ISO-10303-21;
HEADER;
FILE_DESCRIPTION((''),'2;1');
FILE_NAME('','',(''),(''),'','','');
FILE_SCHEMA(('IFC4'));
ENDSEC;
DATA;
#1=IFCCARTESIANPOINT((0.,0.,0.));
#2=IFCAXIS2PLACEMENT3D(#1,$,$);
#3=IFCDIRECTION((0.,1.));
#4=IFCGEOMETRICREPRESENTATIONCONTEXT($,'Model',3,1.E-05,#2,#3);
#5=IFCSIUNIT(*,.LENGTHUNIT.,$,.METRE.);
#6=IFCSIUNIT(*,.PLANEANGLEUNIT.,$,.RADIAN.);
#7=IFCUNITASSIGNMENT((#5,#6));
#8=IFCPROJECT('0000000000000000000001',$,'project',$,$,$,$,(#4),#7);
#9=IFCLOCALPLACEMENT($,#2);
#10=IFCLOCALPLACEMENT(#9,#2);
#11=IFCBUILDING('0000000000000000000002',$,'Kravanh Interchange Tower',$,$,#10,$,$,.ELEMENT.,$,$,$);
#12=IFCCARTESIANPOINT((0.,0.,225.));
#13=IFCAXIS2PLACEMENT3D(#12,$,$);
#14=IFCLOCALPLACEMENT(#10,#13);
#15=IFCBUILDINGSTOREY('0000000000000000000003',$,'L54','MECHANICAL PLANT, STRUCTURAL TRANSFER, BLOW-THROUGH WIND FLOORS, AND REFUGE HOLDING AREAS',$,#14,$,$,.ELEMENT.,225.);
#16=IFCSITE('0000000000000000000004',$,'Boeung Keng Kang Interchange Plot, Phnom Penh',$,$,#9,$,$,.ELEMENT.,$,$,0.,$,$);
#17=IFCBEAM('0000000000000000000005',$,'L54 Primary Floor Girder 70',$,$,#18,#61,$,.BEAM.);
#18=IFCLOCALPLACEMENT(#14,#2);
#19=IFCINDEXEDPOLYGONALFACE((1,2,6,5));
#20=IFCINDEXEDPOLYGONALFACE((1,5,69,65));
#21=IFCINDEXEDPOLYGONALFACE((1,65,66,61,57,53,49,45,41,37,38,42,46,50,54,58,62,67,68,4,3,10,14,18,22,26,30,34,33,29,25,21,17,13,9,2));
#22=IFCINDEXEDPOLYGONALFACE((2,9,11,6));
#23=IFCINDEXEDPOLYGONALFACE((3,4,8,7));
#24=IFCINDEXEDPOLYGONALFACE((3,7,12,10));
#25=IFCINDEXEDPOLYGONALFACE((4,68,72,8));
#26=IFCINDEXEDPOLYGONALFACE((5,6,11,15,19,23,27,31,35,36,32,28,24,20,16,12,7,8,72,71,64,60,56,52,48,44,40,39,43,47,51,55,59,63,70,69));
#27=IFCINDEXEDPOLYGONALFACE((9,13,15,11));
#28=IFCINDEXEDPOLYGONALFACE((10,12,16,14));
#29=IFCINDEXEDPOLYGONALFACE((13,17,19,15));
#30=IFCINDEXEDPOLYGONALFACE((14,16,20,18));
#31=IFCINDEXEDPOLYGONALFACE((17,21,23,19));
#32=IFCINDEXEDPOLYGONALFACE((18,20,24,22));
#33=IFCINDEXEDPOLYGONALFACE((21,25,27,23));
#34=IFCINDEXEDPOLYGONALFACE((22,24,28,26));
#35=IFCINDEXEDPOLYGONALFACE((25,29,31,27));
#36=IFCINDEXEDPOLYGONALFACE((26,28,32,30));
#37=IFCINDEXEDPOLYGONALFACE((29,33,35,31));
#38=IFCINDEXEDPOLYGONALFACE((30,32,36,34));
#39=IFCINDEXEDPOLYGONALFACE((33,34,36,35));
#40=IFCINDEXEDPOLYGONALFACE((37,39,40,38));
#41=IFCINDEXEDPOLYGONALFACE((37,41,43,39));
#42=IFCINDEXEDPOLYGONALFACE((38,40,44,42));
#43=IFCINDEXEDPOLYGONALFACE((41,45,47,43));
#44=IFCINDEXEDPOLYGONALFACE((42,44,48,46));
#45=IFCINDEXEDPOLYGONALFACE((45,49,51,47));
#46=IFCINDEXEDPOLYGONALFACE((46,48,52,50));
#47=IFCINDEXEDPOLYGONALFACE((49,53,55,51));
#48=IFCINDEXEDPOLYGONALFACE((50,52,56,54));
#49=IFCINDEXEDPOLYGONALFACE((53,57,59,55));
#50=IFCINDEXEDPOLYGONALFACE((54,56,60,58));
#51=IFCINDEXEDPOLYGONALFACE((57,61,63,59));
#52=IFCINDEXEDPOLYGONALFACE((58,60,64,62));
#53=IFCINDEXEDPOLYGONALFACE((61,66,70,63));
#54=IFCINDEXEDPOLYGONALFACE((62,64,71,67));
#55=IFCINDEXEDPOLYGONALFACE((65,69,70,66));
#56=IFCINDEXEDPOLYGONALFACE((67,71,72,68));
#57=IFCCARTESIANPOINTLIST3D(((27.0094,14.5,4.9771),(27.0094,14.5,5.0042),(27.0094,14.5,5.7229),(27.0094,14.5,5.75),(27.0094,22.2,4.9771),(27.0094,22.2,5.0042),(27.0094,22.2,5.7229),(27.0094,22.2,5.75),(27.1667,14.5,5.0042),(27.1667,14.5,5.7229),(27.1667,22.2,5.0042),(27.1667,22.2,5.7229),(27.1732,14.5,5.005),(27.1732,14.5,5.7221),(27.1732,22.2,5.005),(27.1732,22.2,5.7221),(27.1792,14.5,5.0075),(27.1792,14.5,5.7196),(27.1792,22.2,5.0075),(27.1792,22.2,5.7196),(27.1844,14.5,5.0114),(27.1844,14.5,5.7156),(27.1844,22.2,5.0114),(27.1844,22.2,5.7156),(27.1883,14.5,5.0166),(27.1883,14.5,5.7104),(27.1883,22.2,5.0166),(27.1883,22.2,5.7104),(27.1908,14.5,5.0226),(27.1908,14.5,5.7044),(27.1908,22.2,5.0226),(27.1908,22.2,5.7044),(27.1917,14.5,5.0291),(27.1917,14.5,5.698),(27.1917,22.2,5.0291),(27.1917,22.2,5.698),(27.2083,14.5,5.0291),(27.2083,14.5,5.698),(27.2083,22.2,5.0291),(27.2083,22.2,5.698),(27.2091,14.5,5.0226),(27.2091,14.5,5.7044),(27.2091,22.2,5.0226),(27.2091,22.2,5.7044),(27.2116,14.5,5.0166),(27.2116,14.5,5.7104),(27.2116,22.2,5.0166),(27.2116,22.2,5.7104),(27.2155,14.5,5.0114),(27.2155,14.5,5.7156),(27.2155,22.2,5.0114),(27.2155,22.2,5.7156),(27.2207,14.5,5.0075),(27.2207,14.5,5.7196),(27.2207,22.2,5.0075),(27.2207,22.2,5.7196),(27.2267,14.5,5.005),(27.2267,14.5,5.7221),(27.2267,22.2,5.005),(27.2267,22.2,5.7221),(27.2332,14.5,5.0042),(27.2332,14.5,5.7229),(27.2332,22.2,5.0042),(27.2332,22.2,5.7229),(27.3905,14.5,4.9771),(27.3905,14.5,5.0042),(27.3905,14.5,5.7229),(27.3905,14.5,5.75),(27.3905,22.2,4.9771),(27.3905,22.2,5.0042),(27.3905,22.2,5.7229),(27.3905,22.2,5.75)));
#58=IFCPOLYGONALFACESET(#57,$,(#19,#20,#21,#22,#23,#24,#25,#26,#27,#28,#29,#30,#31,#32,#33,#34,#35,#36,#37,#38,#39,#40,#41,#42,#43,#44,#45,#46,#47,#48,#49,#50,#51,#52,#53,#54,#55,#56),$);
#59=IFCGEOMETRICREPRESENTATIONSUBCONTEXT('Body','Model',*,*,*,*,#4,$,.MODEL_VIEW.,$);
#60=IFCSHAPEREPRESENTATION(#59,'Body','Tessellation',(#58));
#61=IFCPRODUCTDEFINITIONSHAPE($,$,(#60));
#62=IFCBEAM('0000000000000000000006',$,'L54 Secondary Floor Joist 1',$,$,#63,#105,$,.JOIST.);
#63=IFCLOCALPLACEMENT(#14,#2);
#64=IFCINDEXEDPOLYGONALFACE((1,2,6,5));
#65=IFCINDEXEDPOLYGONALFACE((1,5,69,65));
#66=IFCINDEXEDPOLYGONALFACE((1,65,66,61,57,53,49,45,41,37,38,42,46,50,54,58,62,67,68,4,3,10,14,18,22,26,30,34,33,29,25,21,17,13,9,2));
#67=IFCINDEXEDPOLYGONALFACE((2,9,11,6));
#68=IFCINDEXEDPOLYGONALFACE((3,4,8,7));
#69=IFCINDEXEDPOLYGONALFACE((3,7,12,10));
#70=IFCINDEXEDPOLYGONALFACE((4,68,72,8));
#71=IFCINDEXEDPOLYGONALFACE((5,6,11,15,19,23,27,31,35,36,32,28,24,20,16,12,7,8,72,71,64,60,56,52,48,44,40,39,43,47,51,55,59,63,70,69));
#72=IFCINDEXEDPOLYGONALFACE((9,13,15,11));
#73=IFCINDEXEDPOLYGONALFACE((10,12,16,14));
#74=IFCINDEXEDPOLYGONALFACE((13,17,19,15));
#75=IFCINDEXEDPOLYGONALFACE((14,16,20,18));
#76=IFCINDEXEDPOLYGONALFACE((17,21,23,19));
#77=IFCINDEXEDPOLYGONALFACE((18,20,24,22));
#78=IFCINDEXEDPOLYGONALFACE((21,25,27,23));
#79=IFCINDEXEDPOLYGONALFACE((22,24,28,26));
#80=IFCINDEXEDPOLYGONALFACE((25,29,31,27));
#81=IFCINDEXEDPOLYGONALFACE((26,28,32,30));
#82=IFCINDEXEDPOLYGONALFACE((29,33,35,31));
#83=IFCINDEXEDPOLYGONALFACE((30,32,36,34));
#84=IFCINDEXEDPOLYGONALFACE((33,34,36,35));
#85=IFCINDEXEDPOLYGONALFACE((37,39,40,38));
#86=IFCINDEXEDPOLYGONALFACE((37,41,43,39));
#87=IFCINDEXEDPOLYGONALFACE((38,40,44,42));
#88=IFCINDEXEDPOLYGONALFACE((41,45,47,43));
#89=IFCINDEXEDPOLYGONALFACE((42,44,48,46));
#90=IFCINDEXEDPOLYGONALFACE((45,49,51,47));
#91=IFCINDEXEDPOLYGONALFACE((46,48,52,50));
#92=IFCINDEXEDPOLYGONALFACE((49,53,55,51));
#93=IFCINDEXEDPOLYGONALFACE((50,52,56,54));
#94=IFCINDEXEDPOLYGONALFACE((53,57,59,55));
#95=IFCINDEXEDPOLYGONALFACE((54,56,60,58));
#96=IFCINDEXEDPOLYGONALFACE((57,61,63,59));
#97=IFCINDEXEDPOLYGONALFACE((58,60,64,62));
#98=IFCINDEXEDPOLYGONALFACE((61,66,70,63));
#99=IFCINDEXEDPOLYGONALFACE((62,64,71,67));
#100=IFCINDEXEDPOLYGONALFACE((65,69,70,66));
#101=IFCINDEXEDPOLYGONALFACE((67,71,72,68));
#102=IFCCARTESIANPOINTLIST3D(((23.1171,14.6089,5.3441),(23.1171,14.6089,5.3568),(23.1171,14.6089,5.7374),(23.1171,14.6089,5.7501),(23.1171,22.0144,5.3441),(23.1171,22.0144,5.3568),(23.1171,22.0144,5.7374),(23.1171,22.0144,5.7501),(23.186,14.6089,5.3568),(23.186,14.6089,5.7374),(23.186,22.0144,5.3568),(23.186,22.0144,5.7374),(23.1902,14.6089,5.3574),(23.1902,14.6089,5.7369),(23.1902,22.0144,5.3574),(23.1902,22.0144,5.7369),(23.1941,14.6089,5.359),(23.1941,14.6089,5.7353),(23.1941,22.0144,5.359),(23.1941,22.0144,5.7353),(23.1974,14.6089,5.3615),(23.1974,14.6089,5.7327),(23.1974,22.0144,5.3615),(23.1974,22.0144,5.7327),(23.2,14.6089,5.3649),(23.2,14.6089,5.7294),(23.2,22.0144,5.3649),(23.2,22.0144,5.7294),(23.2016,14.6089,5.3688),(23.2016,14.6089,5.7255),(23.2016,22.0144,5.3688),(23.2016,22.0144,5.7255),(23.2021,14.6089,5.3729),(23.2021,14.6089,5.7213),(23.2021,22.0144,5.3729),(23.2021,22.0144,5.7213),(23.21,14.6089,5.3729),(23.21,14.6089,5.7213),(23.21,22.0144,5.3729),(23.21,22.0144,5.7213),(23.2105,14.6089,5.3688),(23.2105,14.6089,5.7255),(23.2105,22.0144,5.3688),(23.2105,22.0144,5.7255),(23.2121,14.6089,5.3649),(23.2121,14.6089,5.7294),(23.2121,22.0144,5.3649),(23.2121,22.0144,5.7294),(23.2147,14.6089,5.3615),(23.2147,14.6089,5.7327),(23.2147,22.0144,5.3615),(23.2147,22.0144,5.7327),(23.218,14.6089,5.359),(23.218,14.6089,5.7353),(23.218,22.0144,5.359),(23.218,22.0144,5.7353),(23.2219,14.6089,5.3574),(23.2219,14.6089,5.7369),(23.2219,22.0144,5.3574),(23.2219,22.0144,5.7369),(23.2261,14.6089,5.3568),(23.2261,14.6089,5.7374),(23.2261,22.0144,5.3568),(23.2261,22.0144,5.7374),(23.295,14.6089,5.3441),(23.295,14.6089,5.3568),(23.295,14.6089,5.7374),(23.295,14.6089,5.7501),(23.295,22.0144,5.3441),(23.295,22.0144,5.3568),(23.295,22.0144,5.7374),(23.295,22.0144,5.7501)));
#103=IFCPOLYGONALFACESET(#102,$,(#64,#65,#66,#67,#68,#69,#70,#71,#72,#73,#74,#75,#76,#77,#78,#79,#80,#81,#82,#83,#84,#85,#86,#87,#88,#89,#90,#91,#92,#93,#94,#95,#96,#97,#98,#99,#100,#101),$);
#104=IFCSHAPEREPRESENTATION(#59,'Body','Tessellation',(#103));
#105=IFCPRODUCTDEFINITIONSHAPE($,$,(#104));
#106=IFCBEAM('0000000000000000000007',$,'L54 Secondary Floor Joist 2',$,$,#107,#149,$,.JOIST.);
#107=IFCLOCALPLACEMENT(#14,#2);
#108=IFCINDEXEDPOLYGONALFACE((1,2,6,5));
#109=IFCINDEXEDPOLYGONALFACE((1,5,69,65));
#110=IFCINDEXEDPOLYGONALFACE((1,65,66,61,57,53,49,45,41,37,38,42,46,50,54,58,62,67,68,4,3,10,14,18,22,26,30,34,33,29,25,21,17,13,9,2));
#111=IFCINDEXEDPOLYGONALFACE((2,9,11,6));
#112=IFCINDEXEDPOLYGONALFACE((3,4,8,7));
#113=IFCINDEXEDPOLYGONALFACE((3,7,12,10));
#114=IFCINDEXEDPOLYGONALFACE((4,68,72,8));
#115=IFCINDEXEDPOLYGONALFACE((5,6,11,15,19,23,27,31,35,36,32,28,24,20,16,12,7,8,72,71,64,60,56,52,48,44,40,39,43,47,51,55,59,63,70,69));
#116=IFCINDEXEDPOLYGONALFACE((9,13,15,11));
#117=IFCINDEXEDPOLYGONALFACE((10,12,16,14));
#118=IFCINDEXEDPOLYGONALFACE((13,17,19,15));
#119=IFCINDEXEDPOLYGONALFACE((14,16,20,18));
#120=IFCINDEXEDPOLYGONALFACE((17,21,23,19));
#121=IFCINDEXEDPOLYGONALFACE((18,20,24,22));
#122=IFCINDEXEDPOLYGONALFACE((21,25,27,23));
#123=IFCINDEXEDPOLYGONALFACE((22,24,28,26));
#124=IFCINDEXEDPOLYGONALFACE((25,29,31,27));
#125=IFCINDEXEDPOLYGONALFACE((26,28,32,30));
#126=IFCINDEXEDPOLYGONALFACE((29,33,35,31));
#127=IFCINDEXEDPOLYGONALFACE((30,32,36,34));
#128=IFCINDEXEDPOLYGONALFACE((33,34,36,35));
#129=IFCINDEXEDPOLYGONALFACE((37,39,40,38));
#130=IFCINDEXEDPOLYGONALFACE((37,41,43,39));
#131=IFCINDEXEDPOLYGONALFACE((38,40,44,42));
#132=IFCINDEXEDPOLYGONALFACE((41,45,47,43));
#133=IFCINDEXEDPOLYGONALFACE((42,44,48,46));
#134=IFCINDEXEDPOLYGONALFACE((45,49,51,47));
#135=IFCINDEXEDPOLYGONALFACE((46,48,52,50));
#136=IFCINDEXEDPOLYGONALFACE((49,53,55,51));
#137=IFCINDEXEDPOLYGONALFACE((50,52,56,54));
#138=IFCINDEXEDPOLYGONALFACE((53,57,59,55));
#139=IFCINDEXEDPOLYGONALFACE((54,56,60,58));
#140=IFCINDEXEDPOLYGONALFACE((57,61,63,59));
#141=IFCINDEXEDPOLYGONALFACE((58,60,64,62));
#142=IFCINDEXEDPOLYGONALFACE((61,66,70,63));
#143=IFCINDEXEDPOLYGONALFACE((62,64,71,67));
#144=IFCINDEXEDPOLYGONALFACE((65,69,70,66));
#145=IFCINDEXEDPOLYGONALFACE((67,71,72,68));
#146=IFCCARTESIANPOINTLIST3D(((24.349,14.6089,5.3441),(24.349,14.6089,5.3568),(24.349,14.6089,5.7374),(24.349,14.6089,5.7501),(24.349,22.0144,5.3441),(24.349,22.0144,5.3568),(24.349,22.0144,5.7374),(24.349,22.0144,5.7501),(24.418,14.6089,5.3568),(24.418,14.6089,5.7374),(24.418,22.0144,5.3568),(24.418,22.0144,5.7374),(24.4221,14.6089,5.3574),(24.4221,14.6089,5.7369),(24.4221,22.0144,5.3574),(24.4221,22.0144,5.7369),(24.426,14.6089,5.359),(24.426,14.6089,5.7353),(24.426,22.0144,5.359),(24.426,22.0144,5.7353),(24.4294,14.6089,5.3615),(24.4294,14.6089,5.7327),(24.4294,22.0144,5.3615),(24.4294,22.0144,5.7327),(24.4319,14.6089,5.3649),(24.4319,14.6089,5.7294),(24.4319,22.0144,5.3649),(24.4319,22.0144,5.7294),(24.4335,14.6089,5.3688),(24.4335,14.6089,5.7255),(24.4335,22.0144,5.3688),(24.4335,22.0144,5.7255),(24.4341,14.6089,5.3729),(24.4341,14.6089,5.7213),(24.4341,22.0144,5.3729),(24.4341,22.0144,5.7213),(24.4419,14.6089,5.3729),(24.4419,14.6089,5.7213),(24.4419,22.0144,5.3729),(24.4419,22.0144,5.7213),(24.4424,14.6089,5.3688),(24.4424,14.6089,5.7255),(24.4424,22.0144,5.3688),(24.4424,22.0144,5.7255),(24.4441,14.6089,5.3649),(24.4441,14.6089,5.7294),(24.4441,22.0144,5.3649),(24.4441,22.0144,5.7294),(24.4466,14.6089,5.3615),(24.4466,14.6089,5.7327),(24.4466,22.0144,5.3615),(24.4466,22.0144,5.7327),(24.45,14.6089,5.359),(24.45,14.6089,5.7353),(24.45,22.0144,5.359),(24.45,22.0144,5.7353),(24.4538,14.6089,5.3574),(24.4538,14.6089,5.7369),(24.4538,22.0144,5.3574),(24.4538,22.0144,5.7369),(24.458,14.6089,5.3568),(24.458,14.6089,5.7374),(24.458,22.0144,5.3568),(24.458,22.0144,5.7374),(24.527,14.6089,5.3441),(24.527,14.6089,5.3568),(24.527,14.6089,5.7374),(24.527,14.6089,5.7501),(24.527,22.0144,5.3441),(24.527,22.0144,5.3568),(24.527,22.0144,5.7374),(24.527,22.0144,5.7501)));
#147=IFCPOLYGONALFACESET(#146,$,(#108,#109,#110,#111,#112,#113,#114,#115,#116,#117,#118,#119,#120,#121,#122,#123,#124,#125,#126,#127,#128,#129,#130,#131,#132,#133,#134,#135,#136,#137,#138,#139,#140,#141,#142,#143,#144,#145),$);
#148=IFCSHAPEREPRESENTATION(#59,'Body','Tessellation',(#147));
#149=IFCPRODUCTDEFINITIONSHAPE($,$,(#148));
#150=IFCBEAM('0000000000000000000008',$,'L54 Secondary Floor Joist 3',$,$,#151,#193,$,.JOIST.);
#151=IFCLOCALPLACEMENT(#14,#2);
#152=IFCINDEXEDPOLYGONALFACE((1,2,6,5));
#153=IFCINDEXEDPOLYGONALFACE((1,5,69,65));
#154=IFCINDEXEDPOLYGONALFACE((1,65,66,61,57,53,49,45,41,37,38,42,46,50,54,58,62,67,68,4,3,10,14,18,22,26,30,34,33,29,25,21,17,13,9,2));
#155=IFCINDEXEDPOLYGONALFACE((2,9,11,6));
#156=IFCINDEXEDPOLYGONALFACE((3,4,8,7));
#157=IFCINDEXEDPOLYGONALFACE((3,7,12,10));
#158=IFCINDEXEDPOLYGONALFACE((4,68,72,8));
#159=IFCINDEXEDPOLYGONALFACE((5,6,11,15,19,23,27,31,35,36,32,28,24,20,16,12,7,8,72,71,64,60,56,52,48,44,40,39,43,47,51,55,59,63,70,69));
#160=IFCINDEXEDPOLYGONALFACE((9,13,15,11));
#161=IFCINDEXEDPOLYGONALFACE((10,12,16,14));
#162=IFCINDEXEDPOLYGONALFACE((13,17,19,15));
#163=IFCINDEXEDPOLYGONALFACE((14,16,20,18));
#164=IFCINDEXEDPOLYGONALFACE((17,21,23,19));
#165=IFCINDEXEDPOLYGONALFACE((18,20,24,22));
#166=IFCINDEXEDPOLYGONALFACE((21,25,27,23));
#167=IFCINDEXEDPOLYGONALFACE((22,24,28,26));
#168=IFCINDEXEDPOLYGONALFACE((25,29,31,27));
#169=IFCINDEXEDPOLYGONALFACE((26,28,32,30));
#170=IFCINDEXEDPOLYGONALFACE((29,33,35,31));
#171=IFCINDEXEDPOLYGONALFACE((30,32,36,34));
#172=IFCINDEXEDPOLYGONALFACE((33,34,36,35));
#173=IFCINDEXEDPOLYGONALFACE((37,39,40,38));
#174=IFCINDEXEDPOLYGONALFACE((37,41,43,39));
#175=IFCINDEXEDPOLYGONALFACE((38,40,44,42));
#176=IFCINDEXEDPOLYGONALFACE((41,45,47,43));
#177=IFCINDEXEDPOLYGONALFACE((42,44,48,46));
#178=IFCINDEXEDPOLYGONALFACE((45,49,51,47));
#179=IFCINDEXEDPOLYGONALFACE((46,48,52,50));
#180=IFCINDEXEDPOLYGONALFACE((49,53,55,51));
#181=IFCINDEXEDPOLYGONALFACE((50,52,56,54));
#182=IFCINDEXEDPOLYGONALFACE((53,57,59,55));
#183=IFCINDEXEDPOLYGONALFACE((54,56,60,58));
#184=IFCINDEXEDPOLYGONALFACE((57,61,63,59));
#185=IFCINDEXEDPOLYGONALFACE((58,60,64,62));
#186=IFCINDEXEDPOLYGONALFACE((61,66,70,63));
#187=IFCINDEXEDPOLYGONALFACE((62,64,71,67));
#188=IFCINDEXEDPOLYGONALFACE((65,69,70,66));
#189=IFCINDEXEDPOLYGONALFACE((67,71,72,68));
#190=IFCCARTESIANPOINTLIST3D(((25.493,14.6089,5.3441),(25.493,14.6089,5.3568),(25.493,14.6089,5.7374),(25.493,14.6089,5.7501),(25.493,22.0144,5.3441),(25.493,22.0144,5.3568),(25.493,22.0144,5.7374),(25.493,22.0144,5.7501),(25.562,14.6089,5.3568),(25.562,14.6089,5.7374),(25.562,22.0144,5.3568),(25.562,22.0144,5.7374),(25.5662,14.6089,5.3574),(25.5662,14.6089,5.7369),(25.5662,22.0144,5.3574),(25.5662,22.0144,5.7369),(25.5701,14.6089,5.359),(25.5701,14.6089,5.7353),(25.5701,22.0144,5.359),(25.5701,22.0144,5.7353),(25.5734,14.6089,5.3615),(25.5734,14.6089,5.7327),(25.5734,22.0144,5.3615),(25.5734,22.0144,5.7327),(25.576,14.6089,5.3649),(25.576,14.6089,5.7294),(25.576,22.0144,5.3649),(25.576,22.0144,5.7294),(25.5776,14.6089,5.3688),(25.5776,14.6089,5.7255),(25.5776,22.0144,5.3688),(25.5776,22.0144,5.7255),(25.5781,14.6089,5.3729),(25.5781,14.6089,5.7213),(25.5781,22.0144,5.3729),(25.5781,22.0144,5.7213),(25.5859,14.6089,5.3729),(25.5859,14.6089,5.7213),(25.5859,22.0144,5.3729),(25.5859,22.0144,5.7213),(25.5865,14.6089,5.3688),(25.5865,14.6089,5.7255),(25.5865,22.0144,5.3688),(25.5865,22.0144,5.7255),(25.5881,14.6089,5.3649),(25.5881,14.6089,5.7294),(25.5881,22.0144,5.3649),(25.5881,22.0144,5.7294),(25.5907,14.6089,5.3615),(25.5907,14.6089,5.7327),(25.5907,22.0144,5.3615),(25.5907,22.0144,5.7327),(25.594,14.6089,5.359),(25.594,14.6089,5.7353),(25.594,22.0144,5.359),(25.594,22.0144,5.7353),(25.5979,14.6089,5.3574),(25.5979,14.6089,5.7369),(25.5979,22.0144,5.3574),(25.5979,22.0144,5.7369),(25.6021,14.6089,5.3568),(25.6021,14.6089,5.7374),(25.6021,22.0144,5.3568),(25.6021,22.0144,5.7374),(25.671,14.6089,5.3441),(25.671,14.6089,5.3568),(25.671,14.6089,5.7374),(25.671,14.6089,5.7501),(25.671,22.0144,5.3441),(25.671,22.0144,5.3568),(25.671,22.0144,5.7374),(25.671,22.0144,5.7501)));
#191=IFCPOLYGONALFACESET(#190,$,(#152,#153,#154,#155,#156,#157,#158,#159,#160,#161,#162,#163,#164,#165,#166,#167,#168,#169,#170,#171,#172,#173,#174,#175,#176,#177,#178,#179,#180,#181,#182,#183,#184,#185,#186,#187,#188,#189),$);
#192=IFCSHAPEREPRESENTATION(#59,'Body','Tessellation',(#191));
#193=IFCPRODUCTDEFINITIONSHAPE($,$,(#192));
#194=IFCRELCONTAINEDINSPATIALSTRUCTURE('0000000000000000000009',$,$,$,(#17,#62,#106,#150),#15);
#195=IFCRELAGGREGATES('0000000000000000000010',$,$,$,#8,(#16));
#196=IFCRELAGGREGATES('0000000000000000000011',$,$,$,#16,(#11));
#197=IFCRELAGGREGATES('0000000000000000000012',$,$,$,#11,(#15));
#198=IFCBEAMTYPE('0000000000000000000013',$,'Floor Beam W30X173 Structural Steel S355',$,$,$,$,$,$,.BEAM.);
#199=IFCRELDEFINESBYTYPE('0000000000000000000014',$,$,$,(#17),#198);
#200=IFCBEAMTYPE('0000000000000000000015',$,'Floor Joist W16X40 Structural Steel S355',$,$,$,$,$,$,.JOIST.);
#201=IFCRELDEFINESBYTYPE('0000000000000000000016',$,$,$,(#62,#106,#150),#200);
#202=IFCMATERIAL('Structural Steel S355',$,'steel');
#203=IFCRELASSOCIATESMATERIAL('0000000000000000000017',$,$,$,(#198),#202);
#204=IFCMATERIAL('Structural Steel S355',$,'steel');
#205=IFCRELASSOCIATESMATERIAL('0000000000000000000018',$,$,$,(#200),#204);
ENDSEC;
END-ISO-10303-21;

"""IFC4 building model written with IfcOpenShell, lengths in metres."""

from ifc_helpers import new_model, si_unit, direction, frame, origin, origin_2d, place, context, subcontext, project, spatial, i_section, extrude, material, material_profile, profile_set, type_object, element, save


model = new_model("IFC4")

# Units and contexts
model_context = context("Model", 3, precision=1e-05, world=origin(), true_north=direction((0.0, 1.0)))
body_context = subcontext(model_context, "Body", "Model", "MODEL_VIEW")
ifc_project = project(units=[si_unit("LENGTHUNIT", "METRE"), si_unit("PLANEANGLEUNIT", "RADIAN")], contexts=[model_context])

# Site, building, storey
site_placement = place(None, origin())
site = spatial("IfcSite", under=ifc_project, at=site_placement, Name="Boeung Keng Kang Interchange Plot, Phnom Penh", CompositionType="ELEMENT", RefElevation=0.0)
building_placement = place(site_placement, origin())
building = spatial("IfcBuilding", under=site, at=building_placement, Name="Kravanh Interchange Tower", CompositionType="ELEMENT")
storey_placement = place(building_placement, frame((0.0, 0.0, 225.0)))
storey = spatial("IfcBuildingStorey", under=building, at=storey_placement, Name="L54", Description="MECHANICAL PLANT, STRUCTURAL TRANSFER, BLOW-THROUGH WIND FLOORS, AND REFUGE HOLDING AREAS", CompositionType="ELEMENT", Elevation=225.0)

# Beams
ifc_material_1 = material(Name="Structural Steel S355", Category="steel")
ifc_material_profile_1 = material_profile(ifc_material_1, i_section(OverallWidth=0.3811, OverallDepth=0.7729, WebThickness=0.0166, FlangeThickness=0.0271, FilletRadius=0.0249, at=origin_2d()), Name="W30X173")
ifc_profile_set_1 = profile_set([ifc_material_profile_1], Name="Structural Steel S355")
beam_type_1 = type_object("IfcBeamType", Name="Floor Beam W30X173 Structural Steel S355", PredefinedType="BEAM", material=ifc_profile_set_1)
beam_1_placement = place(storey_placement, frame((27.2, 14.5, 5.3635), z_axis=(0.0, 1.0, 0.0), x_axis=(-1.0, 0.0, 0.0)))
element("IfcBeam", 1, at=beam_1_placement, inside=storey, type_object=beam_type_1, Name="L54 Primary Floor Girder 70", PredefinedType="BEAM", context=body_context, shape_type="SweptSolid", body=[
    extrude(i_section(OverallWidth=0.3811, OverallDepth=0.7729, WebThickness=0.0166, FlangeThickness=0.0271, FilletRadius=0.0249, at=origin_2d()), origin(), (0.0, 0.0, 1.0), 7.7),
])
ifc_material_2 = material(Name="Structural Steel S355", Category="steel")
ifc_material_profile_2 = material_profile(ifc_material_2, i_section(OverallWidth=0.178, OverallDepth=0.406, WebThickness=0.0078, FlangeThickness=0.0127, FilletRadius=0.0161, at=origin_2d()), Name="W16X40")
ifc_profile_set_2 = profile_set([ifc_material_profile_2], Name="Structural Steel S355")
beam_type_2 = type_object("IfcBeamType", Name="Floor Joist W16X40 Structural Steel S355", PredefinedType="JOIST", material=ifc_profile_set_2)
for number, where, z_axis, x_axis, name in (
    (2, (23.2061, 14.6089, 5.5471), (0.0, 1.0, 0.0), (-1.0, 0.0, 0.0), "L54 Secondary Floor Joist 1"),
    (3, (24.438, 14.6089, 5.5471), (0.0, 1.0, 0.0), (-1.0, 0.0, 0.0), "L54 Secondary Floor Joist 2"),
    (4, (25.582, 14.6089, 5.5471), (0.0, 1.0, 0.0), (-1.0, 0.0, 0.0), "L54 Secondary Floor Joist 3"),
):
    element("IfcBeam", number, at=place(storey_placement, frame(where, z_axis=z_axis, x_axis=x_axis)), inside=storey, type_object=beam_type_2, Name=name, PredefinedType="JOIST", context=body_context, shape_type="SweptSolid", body=[
        extrude(i_section(OverallWidth=0.178, OverallDepth=0.406, WebThickness=0.0078, FlangeThickness=0.0127, FilletRadius=0.0161, at=origin_2d()), origin(), (0.0, 0.0, 1.0), 7.4055),
    ])

save(model, "model.ifc")
